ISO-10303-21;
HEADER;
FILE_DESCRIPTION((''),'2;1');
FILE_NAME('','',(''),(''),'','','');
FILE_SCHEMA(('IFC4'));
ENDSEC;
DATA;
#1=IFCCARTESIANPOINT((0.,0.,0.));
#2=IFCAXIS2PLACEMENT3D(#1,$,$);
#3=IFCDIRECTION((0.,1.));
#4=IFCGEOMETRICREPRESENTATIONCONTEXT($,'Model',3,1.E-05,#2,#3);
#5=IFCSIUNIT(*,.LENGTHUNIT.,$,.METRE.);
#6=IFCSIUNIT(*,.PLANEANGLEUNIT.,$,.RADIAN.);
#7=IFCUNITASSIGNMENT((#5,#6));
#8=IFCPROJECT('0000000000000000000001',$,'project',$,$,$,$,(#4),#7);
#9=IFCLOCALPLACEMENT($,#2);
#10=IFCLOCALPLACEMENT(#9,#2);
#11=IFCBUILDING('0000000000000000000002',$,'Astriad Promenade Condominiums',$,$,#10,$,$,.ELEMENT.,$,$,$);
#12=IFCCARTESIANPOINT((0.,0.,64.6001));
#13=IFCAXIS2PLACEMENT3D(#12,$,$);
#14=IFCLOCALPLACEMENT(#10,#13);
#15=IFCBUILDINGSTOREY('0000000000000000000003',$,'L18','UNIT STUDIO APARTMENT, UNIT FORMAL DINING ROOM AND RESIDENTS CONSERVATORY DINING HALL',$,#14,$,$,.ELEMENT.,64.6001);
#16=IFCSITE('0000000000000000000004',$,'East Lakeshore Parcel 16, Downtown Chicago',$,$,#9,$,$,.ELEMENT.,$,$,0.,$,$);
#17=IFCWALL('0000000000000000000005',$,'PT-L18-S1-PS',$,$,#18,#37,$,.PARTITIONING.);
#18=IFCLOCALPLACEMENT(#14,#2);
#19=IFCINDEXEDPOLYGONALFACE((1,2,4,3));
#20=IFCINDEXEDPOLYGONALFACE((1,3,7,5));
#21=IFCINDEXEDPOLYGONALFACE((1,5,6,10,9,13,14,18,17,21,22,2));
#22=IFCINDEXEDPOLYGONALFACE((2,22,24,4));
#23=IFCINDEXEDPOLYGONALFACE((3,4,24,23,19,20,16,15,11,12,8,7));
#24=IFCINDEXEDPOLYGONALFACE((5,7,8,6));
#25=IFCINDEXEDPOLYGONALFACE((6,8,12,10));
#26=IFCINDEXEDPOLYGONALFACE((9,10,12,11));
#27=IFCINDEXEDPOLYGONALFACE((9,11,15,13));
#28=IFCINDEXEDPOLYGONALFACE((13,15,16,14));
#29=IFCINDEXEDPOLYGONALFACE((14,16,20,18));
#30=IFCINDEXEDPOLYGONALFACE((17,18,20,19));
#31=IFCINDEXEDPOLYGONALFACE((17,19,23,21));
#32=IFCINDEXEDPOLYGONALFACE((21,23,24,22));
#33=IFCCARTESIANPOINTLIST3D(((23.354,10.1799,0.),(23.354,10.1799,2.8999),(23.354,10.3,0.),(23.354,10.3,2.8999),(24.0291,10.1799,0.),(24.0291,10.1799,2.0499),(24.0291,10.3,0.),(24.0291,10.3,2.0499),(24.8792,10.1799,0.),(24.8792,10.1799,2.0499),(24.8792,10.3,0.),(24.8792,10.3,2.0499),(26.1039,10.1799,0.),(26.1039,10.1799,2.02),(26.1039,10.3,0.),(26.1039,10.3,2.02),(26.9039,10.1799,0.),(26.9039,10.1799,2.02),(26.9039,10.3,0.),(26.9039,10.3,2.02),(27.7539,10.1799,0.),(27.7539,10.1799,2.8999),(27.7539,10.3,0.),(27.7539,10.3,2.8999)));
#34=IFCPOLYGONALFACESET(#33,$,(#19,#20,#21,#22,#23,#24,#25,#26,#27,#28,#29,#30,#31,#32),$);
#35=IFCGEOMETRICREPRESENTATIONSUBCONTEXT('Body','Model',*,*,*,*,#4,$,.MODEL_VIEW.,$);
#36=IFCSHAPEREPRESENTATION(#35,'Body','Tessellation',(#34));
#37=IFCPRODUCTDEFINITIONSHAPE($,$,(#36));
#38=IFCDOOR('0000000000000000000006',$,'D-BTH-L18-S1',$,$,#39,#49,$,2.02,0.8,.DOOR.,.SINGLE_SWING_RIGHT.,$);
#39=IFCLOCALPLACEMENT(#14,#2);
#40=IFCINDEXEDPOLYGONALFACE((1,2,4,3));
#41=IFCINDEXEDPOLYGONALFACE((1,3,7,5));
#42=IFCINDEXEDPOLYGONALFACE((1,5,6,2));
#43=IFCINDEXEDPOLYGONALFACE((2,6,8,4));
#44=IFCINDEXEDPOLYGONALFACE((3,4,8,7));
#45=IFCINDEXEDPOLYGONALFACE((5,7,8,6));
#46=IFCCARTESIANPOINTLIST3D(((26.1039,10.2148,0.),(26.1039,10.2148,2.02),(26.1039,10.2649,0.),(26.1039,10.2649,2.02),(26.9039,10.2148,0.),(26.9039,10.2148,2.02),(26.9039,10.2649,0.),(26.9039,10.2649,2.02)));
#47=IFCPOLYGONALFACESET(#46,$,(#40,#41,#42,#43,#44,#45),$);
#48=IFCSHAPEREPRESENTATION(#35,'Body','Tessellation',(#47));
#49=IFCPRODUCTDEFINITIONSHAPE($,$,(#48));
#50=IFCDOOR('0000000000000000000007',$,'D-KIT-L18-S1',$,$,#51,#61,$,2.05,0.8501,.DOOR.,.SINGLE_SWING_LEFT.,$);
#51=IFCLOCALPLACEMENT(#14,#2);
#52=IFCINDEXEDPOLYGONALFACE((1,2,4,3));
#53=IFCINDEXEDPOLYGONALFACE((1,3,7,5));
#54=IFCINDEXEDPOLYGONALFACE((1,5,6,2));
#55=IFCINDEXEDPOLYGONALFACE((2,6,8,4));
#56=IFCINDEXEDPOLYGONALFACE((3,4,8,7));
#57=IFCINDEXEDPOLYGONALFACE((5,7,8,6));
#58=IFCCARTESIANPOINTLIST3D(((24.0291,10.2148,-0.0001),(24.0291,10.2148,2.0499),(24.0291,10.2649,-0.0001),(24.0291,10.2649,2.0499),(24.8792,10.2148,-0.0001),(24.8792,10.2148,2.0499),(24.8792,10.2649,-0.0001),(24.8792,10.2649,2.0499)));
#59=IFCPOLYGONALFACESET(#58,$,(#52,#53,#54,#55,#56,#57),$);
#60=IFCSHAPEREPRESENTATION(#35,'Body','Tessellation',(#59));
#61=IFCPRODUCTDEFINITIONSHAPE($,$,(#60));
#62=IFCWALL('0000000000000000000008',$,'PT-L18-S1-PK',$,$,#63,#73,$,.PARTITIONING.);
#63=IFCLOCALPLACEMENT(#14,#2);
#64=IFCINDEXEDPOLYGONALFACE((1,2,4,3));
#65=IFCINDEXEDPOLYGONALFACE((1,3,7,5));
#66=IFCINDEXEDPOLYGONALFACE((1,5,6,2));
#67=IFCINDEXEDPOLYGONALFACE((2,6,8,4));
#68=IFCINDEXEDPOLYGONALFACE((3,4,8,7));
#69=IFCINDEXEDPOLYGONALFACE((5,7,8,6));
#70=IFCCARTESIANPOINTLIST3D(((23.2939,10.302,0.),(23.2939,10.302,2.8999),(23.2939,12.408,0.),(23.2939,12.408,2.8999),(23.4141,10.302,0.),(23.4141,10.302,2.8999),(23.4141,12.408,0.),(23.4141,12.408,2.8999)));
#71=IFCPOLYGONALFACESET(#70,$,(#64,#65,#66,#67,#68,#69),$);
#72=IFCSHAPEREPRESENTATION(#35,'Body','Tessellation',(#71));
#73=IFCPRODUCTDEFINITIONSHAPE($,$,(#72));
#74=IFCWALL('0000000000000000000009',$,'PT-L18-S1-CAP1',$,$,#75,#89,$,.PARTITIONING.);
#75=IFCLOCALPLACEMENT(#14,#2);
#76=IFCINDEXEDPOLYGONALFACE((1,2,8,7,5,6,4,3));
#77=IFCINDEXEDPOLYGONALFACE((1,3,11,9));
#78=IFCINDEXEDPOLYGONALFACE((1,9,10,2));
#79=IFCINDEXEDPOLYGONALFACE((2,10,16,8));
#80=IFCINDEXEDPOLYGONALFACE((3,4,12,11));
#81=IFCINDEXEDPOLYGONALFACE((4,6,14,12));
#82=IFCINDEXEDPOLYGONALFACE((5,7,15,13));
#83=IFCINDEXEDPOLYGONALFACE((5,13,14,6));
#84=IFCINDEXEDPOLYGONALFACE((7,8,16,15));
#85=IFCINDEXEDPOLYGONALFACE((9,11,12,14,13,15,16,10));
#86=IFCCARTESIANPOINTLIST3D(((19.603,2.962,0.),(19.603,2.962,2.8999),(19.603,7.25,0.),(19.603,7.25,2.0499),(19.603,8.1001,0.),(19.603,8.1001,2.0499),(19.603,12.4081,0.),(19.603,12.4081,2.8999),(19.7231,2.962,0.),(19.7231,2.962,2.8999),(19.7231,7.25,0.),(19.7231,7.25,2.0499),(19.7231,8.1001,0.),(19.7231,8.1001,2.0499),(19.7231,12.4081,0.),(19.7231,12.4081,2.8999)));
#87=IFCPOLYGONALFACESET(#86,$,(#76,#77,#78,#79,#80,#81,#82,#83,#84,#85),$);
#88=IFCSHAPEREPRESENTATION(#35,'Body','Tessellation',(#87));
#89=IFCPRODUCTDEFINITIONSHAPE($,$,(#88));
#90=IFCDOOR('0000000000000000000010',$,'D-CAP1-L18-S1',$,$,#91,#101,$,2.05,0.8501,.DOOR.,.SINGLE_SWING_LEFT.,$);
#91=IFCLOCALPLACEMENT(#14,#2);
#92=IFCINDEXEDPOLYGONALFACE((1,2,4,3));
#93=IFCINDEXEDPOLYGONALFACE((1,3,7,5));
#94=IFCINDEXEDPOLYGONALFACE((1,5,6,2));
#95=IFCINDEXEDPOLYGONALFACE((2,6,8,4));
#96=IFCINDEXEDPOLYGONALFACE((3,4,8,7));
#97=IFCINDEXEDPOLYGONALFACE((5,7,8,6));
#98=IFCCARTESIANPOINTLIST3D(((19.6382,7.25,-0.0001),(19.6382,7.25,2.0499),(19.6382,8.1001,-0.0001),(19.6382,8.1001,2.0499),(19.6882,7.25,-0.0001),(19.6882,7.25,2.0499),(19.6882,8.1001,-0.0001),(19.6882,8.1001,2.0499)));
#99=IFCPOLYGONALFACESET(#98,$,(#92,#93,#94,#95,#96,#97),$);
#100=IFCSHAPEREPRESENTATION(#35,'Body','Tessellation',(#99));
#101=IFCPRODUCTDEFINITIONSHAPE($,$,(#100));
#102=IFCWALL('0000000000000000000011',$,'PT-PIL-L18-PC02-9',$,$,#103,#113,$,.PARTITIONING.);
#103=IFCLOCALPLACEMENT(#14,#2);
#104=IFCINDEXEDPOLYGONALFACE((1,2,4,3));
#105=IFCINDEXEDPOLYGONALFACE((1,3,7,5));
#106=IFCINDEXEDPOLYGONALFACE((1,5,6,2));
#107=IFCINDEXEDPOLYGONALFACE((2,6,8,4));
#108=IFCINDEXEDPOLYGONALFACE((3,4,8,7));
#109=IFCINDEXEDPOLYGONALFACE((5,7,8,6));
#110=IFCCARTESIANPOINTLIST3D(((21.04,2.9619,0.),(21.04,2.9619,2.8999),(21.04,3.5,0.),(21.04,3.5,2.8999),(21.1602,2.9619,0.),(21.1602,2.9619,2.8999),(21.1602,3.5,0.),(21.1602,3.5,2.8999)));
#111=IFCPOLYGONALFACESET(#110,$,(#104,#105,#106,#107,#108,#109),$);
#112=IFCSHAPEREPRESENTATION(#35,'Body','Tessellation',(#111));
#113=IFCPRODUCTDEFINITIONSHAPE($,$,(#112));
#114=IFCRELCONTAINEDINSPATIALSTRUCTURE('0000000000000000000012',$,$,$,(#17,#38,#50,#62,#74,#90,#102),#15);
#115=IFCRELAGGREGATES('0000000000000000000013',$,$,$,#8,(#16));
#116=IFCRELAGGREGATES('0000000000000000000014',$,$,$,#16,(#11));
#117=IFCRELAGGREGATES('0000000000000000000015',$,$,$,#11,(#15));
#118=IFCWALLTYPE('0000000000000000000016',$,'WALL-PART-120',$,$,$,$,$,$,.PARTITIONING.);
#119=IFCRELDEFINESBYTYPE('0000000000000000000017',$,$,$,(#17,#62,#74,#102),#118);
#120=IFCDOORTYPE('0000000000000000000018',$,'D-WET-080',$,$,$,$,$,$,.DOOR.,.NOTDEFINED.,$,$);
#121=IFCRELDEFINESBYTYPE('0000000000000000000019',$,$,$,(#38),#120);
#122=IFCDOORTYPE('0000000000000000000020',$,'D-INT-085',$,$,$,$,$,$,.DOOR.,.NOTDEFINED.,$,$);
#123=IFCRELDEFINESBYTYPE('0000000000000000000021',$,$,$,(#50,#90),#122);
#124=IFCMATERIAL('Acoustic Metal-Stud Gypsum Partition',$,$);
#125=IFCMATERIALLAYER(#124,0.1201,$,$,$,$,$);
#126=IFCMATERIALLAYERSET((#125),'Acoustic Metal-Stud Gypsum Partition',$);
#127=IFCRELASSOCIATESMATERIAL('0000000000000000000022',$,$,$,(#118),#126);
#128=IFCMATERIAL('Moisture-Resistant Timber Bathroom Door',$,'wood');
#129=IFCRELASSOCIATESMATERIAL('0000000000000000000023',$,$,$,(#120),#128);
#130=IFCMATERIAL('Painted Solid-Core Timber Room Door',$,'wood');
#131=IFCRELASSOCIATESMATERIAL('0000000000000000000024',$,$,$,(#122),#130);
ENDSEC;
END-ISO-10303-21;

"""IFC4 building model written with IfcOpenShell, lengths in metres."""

from ifc_helpers import new_model, si_unit, direction, frame, frame_2d, origin, place, context, subcontext, project, spatial, rectangle, extrude, source, transform, mapped, material, layer, layer_set, type_object, type_shapes, element, fill, save


model = new_model("IFC4")

# Units and contexts
model_context = context("Model", 3, precision=1e-05, world=origin(), true_north=direction((0.0, 1.0)))
body_context = subcontext(model_context, "Body", "Model", "MODEL_VIEW")
ifc_project = project(units=[si_unit("LENGTHUNIT", "METRE"), si_unit("PLANEANGLEUNIT", "RADIAN")], contexts=[model_context])

# Site, building, storey
site_placement = place(None, origin())
site = spatial("IfcSite", under=ifc_project, at=site_placement, Name="East Lakeshore Parcel 16, Downtown Chicago", CompositionType="ELEMENT", RefElevation=0.0)
building_placement = place(site_placement, origin())
building = spatial("IfcBuilding", under=site, at=building_placement, Name="Astriad Promenade Condominiums", CompositionType="ELEMENT")
storey_placement = place(building_placement, frame((0.0, 0.0, 64.6001)))
storey = spatial("IfcBuildingStorey", under=building, at=storey_placement, Name="L18", Description="UNIT STUDIO APARTMENT, UNIT FORMAL DINING ROOM AND RESIDENTS CONSERVATORY DINING HALL", CompositionType="ELEMENT", Elevation=64.6001)

# Wall, openings, doors
ifc_material_1 = material(Name="Acoustic Metal-Stud Gypsum Partition")
ifc_layer_1 = layer(ifc_material_1, 0.1201)
ifc_layer_set_1 = layer_set([ifc_layer_1], Name="Acoustic Metal-Stud Gypsum Partition")
wall_type_1 = type_object("IfcWallType", Name="WALL-PART-120", PredefinedType="PARTITIONING", material=ifc_layer_set_1)
wall_1_placement = place(storey_placement, frame((23.354, 10.24, 0.0), z_axis=(0.0, 0.0, 1.0), x_axis=(1.0, 0.0, 0.0)))
wall_1 = element("IfcWall", 1, at=wall_1_placement, inside=storey, type_object=wall_type_1, Name="PT-L18-S1-PS", PredefinedType="PARTITIONING", context=body_context, shape_type="SweptSolid", body=[
    extrude(rectangle(XDim=4.3999, YDim=0.1201, at=frame_2d((2.2, 0.0))), origin(), (0.0, 0.0, 1.0), 2.8999),
])
opening_1_placement = place(wall_1_placement, frame((0.675, 0.0, 0.0)))
opening_1 = element("IfcOpeningElement", 2, at=opening_1_placement, cuts=wall_1, PredefinedType="OPENING", context=body_context, shape_type="SweptSolid", body=[
    extrude(rectangle(XDim=0.8501, YDim=2.05, at=frame_2d((0.425, 1.0249))), frame((0.0, 0.0701, 0.0), z_axis=(0.0, -1.0, 0.0), x_axis=(1.0, 0.0, 0.0)), (0.0, 0.0, 1.0), 0.1401),
])
opening_2_placement = place(wall_1_placement, frame((2.75, 0.0, 0.0)))
opening_2 = element("IfcOpeningElement", 3, at=opening_2_placement, cuts=wall_1, PredefinedType="OPENING", context=body_context, shape_type="SweptSolid", body=[
    extrude(rectangle(XDim=0.8, YDim=2.02, at=frame_2d((0.3999, 1.01))), frame((0.0, 0.0701, 0.0), z_axis=(0.0, -1.0, 0.0), x_axis=(1.0, 0.0, 0.0)), (0.0, 0.0, 1.0), 0.1401),
])
ifc_material_2 = material(Name="Moisture-Resistant Timber Bathroom Door", Category="wood")
door_type_1 = type_object("IfcDoorType", Name="D-WET-080", OperationType="NOTDEFINED", PredefinedType="DOOR", material=ifc_material_2)
shared_shape_1 = source(origin(), body_context, "Body", "SweptSolid", [
    extrude(rectangle(XDim=0.8, YDim=2.02, at=frame_2d((0.3999, 1.01))), frame((0.0, 0.0249, 0.0), z_axis=(0.0, -1.0, 0.0), x_axis=(1.0, 0.0, 0.0)), (0.0, 0.0, 1.0), 0.05),
])
type_shapes(door_type_1, [shared_shape_1])
door_1_placement = place(opening_2_placement, origin())
door_1 = element("IfcDoor", 4, at=door_1_placement, inside=storey, type_object=door_type_1, Name="D-BTH-L18-S1", OperationType="SINGLE_SWING_RIGHT", OverallHeight=2.02, OverallWidth=0.8, PredefinedType="DOOR", context=body_context, shape_type="MappedRepresentation", body=[
    mapped(shared_shape_1, transform((0.0, 0.0, 0.0), scale=1.0)),
])
fill(opening_2, door_1)
ifc_material_3 = material(Name="Painted Solid-Core Timber Room Door", Category="wood")
door_type_2 = type_object("IfcDoorType", Name="D-INT-085", OperationType="NOTDEFINED", PredefinedType="DOOR", material=ifc_material_3)
shared_shape_2 = source(origin(), body_context, "Body", "SweptSolid", [
    extrude(rectangle(XDim=0.8501, YDim=2.05, at=frame_2d((0.425, 1.0249))), frame((0.0, 0.0249, 0.0), z_axis=(0.0, -1.0, 0.0), x_axis=(1.0, 0.0, 0.0)), (0.0, 0.0, 1.0), 0.05),
])
type_shapes(door_type_2, [shared_shape_2])
door_2_placement = place(opening_1_placement, origin())
door_2 = element("IfcDoor", 5, at=door_2_placement, inside=storey, type_object=door_type_2, Name="D-KIT-L18-S1", OperationType="SINGLE_SWING_LEFT", OverallHeight=2.05, OverallWidth=0.8501, PredefinedType="DOOR", context=body_context, shape_type="MappedRepresentation", body=[
    mapped(shared_shape_2, transform((0.0, 0.0, 0.0), scale=1.0)),
])
fill(opening_1, door_2)

# Wall
wall_2_placement = place(storey_placement, frame((23.354, 10.302, 0.0), z_axis=(0.0, 0.0, 1.0), x_axis=(0.0, 1.0, 0.0)))
element("IfcWall", 6, at=wall_2_placement, inside=storey, type_object=wall_type_1, Name="PT-L18-S1-PK", PredefinedType="PARTITIONING", context=body_context, shape_type="SweptSolid", body=[
    extrude(rectangle(XDim=2.106, YDim=0.1201, at=frame_2d((1.053, 0.0))), origin(), (0.0, 0.0, 1.0), 2.8999),
])

# Wall, opening, door
wall_3_placement = place(storey_placement, frame((19.6631, 2.9619, 0.0), z_axis=(0.0, 0.0, 1.0), x_axis=(0.0, 1.0, 0.0)))
wall_3 = element("IfcWall", 7, at=wall_3_placement, inside=storey, type_object=wall_type_1, Name="PT-L18-S1-CAP1", PredefinedType="PARTITIONING", context=body_context, shape_type="SweptSolid", body=[
    extrude(rectangle(XDim=9.446, YDim=0.1201, at=frame_2d((4.7231, 0.0))), origin(), (0.0, 0.0, 1.0), 2.8999),
])
opening_3_placement = place(wall_3_placement, frame((4.2881, 0.0, 0.0)))
opening_3 = element("IfcOpeningElement", 8, at=opening_3_placement, cuts=wall_3, PredefinedType="OPENING", context=body_context, shape_type="SweptSolid", body=[
    extrude(rectangle(XDim=0.8501, YDim=2.05, at=frame_2d((0.425, 1.0249))), frame((0.0, 0.0701, 0.0), z_axis=(0.0, -1.0, 0.0), x_axis=(1.0, 0.0, 0.0)), (0.0, 0.0, 1.0), 0.1401),
])
door_3_placement = place(opening_3_placement, origin())
door_3 = element("IfcDoor", 9, at=door_3_placement, inside=storey, type_object=door_type_2, Name="D-CAP1-L18-S1", OperationType="SINGLE_SWING_LEFT", OverallHeight=2.05, OverallWidth=0.8501, PredefinedType="DOOR", context=body_context, shape_type="MappedRepresentation", body=[
    mapped(shared_shape_2, transform((0.0, 0.0, 0.0), scale=1.0)),
])
fill(opening_3, door_3)

# Wall
wall_4_placement = place(storey_placement, frame((21.1001, 3.5, 0.0), z_axis=(0.0, 0.0, 1.0), x_axis=(0.0, -1.0, 0.0)))
element("IfcWall", 10, at=wall_4_placement, inside=storey, type_object=wall_type_1, Name="PT-PIL-L18-PC02-9", PredefinedType="PARTITIONING", context=body_context, shape_type="SweptSolid", body=[
    extrude(rectangle(XDim=0.5381, YDim=0.1201, at=frame_2d((0.269, 0.0))), origin(), (0.0, 0.0, 1.0), 2.8999),
])

save(model, "model.ifc")
